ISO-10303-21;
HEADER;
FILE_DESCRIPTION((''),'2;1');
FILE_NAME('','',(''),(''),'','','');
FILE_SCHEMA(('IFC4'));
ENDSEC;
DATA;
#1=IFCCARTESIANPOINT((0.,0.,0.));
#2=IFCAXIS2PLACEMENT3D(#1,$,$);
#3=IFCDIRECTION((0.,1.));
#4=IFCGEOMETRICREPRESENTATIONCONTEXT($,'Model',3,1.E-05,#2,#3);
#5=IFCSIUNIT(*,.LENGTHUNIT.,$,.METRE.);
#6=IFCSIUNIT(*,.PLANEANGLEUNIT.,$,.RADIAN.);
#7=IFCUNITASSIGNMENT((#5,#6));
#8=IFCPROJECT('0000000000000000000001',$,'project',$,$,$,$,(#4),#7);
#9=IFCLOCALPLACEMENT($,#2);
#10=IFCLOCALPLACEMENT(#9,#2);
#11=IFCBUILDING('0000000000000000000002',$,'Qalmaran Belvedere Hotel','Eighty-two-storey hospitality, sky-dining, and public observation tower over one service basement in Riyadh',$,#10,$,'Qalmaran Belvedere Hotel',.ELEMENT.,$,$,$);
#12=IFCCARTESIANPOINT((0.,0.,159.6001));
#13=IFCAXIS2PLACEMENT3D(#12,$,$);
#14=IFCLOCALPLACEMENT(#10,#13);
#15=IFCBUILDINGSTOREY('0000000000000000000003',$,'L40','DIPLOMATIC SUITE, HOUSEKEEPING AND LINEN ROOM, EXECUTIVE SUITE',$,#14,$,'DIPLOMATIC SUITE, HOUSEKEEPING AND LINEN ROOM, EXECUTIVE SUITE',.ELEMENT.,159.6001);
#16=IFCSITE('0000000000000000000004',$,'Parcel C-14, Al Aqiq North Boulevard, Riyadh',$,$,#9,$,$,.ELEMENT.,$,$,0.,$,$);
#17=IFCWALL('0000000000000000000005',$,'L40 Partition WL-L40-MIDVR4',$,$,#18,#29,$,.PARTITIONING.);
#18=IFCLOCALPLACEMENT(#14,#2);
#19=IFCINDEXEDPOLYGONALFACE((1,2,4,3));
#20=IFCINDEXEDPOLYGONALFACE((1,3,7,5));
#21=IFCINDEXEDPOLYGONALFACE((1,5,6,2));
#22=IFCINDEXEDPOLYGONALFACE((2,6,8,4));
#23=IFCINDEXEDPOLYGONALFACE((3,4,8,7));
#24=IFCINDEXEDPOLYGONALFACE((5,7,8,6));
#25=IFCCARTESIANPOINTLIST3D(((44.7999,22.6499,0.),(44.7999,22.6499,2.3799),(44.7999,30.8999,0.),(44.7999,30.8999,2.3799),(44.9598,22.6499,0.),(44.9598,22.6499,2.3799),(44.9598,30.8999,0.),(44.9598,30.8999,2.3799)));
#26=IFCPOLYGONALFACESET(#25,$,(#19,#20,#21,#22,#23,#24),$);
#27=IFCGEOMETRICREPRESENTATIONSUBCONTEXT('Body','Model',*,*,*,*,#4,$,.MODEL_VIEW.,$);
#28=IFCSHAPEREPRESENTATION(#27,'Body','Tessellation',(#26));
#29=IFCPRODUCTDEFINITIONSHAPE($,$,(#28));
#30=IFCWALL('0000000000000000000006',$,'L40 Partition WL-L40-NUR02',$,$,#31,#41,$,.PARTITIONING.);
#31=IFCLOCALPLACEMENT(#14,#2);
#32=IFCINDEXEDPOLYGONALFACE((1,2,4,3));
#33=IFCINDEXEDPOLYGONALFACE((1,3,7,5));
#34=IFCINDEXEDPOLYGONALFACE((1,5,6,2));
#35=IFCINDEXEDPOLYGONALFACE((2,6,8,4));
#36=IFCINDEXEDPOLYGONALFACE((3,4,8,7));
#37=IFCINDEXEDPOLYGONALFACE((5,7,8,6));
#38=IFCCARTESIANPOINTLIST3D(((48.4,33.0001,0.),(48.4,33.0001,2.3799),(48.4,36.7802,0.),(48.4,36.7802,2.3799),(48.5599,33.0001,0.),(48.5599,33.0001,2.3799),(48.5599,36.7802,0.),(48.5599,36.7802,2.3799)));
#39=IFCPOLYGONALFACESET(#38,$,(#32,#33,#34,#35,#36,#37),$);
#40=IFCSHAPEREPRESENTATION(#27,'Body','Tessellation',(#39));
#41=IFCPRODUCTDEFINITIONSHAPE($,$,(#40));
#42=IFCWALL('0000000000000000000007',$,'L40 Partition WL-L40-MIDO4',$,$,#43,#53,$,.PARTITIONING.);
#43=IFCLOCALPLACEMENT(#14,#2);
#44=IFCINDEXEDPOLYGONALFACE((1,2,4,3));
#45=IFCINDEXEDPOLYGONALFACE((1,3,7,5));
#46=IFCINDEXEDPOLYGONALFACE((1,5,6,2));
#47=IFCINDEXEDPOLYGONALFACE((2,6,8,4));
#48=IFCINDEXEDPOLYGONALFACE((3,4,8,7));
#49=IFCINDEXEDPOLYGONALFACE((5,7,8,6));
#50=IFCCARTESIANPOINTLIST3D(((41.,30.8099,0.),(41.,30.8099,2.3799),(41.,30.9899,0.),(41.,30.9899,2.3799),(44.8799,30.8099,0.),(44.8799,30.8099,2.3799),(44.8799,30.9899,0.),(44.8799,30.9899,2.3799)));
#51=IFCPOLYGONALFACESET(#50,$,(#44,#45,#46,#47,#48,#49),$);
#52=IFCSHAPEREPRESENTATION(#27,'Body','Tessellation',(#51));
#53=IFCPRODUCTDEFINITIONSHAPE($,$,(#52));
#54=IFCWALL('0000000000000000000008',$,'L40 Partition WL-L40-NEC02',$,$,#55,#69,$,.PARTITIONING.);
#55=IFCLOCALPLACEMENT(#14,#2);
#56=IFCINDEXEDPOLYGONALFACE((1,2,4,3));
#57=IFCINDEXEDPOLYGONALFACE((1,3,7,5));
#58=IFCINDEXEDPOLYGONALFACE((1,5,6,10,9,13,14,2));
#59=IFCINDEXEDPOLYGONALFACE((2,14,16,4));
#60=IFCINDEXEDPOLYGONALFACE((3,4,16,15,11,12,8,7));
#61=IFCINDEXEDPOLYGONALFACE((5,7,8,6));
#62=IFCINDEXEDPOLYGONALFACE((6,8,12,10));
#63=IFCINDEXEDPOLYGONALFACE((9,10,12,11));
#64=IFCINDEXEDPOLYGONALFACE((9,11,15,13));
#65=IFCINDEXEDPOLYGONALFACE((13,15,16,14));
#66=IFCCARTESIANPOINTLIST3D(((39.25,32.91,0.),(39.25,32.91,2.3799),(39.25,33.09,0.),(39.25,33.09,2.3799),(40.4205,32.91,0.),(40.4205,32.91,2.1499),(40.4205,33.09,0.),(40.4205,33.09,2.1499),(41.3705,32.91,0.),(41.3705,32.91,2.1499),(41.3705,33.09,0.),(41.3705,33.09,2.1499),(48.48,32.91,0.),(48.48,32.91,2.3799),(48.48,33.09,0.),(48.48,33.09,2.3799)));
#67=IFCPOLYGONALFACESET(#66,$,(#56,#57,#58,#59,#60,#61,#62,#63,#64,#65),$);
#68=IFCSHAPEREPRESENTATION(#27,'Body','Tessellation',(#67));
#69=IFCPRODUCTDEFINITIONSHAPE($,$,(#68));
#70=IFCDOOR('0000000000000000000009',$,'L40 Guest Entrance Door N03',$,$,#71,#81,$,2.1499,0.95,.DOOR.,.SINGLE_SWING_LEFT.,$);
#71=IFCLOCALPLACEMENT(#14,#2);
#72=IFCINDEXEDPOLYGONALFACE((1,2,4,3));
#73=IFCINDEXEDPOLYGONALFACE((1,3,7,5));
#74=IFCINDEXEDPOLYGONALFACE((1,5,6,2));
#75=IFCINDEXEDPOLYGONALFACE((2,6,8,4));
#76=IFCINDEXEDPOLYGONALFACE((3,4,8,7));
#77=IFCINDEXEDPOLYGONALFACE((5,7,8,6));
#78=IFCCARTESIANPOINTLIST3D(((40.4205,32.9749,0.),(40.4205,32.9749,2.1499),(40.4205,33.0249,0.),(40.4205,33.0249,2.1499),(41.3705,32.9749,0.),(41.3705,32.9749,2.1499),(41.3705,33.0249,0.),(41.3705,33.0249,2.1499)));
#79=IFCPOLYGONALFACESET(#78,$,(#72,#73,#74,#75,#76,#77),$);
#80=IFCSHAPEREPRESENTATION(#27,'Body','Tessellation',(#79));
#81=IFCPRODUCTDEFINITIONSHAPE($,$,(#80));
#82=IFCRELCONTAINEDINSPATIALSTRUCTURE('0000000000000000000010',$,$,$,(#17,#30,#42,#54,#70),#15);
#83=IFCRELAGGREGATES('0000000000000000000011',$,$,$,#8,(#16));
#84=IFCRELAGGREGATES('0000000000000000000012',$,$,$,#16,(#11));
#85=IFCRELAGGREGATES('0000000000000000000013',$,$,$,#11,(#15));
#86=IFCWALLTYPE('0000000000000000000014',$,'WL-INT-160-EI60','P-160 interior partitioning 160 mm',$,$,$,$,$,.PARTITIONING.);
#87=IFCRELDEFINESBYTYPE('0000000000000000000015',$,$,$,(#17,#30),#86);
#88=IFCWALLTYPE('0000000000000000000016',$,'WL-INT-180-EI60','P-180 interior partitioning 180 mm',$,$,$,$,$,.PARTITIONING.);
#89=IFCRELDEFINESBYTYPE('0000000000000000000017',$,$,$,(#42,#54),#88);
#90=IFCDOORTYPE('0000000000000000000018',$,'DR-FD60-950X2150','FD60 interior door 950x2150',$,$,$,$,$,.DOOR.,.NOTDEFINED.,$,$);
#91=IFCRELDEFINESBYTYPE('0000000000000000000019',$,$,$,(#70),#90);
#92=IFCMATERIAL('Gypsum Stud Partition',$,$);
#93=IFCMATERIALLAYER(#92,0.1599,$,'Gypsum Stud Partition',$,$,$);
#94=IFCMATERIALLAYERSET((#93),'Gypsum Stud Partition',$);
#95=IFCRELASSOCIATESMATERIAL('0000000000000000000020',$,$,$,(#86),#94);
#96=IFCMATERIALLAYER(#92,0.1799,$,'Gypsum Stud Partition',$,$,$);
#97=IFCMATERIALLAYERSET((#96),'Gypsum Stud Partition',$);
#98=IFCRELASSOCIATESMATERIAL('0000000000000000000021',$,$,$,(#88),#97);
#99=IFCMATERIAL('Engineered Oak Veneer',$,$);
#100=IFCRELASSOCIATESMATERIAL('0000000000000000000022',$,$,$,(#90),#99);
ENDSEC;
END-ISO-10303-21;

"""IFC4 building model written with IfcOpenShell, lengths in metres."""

from ifc_helpers import new_model, si_unit, direction, frame, frame_2d, origin, place, context, subcontext, project, spatial, rectangle, extrude, material, layer, layer_set, type_object, element, fill, save


model = new_model("IFC4")

# Units and contexts
model_context = context("Model", 3, precision=1e-05, world=origin(), true_north=direction((0.0, 1.0)))
body_context = subcontext(model_context, "Body", "Model", "MODEL_VIEW")
ifc_project = project(units=[si_unit("LENGTHUNIT", "METRE"), si_unit("PLANEANGLEUNIT", "RADIAN")], contexts=[model_context])

# Site, building, storey
site_placement = place(None, origin())
site = spatial("IfcSite", under=ifc_project, at=site_placement, Name="Parcel C-14, Al Aqiq North Boulevard, Riyadh", CompositionType="ELEMENT", RefElevation=0.0)
building_placement = place(site_placement, origin())
building = spatial("IfcBuilding", under=site, at=building_placement, Name="Qalmaran Belvedere Hotel", Description="Eighty-two-storey hospitality, sky-dining, and public observation tower over one service basement in Riyadh", LongName="Qalmaran Belvedere Hotel", CompositionType="ELEMENT")
storey_placement = place(building_placement, frame((0.0, 0.0, 159.6001)))
storey = spatial("IfcBuildingStorey", under=building, at=storey_placement, Name="L40", Description="DIPLOMATIC SUITE, HOUSEKEEPING AND LINEN ROOM, EXECUTIVE SUITE", LongName="DIPLOMATIC SUITE, HOUSEKEEPING AND LINEN ROOM, EXECUTIVE SUITE", CompositionType="ELEMENT", Elevation=159.6001)

# Shared definitions
ifc_material_1 = material(Name="Gypsum Stud Partition")
ifc_layer_1 = layer(ifc_material_1, 0.1599, Name="Gypsum Stud Partition")
ifc_layer_set_1 = layer_set([ifc_layer_1], Name="Gypsum Stud Partition")
wall_type_1 = type_object("IfcWallType", Name="WL-INT-160-EI60", Description="P-160 interior partitioning 160 mm", PredefinedType="PARTITIONING", material=ifc_layer_set_1)

# Walls
wall_1_placement = place(storey_placement, frame((44.8799, 22.6499, 0.0), z_axis=(0.0, 0.0, 1.0), x_axis=(0.0, 1.0, 0.0)))
element("IfcWall", 1, at=wall_1_placement, inside=storey, type_object=wall_type_1, Name="L40 Partition WL-L40-MIDVR4", PredefinedType="PARTITIONING", context=body_context, shape_type="SweptSolid", body=[
    extrude(rectangle(XDim=8.25, YDim=0.1599, at=frame_2d((4.125, 0.0))), origin(), (0.0, 0.0, 1.0), 2.3799),
])
wall_2_placement = place(storey_placement, frame((48.48, 33.0, 0.0), z_axis=(0.0, 0.0, 1.0), x_axis=(0.0, 1.0, 0.0)))
element("IfcWall", 2, at=wall_2_placement, inside=storey, type_object=wall_type_1, Name="L40 Partition WL-L40-NUR02", PredefinedType="PARTITIONING", context=body_context, shape_type="SweptSolid", body=[
    extrude(rectangle(XDim=3.78, YDim=0.1599, at=frame_2d((1.8901, 0.0))), origin(), (0.0, 0.0, 1.0), 2.3799),
])

# Shared definitions
ifc_layer_2 = layer(ifc_material_1, 0.1799, Name="Gypsum Stud Partition")
ifc_layer_set_2 = layer_set([ifc_layer_2], Name="Gypsum Stud Partition")
wall_type_2 = type_object("IfcWallType", Name="WL-INT-180-EI60", Description="P-180 interior partitioning 180 mm", PredefinedType="PARTITIONING", material=ifc_layer_set_2)
ifc_material_2 = material(Name="Engineered Oak Veneer")
door_type_1 = type_object("IfcDoorType", Name="DR-FD60-950X2150", Description="FD60 interior door 950x2150", OperationType="NOTDEFINED", PredefinedType="DOOR", material=ifc_material_2)

# Wall
wall_3_placement = place(storey_placement, frame((41.0, 30.8999, 0.0), z_axis=(0.0, 0.0, 1.0), x_axis=(1.0, 0.0, 0.0)))
element("IfcWall", 3, at=wall_3_placement, inside=storey, type_object=wall_type_2, Name="L40 Partition WL-L40-MIDO4", PredefinedType="PARTITIONING", context=body_context, shape_type="SweptSolid", body=[
    extrude(rectangle(XDim=3.8799, YDim=0.1799, at=frame_2d((1.9399, 0.0))), origin(), (0.0, 0.0, 1.0), 2.3799),
])

# Wall, opening, door
wall_4_placement = place(storey_placement, frame((39.25, 33.0, 0.0), z_axis=(0.0, 0.0, 1.0), x_axis=(1.0, 0.0, 0.0)))
wall_4 = element("IfcWall", 4, at=wall_4_placement, inside=storey, type_object=wall_type_2, Name="L40 Partition WL-L40-NEC02", PredefinedType="PARTITIONING", context=body_context, shape_type="SweptSolid", body=[
    extrude(rectangle(XDim=9.23, YDim=0.1799, at=frame_2d((4.615, 0.0))), origin(), (0.0, 0.0, 1.0), 2.3799),
])
opening_1_placement = place(wall_4_placement, frame((1.1704, 0.0, 0.0)))
opening_1 = element("IfcOpeningElement", 5, at=opening_1_placement, cuts=wall_4, PredefinedType="OPENING", context=body_context, shape_type="SweptSolid", body=[
    extrude(rectangle(XDim=0.95, YDim=2.1499, at=frame_2d((0.4751, 1.075))), frame((0.0, 0.1001, 0.0), z_axis=(0.0, -1.0, 0.0), x_axis=(1.0, 0.0, 0.0)), (0.0, 0.0, 1.0), 0.2),
])
door_1_placement = place(opening_1_placement, origin())
door_1 = element("IfcDoor", 6, at=door_1_placement, inside=storey, type_object=door_type_1, Name="L40 Guest Entrance Door N03", OperationType="SINGLE_SWING_LEFT", OverallHeight=2.1499, OverallWidth=0.95, PredefinedType="DOOR", context=body_context, shape_type="SweptSolid", body=[
    extrude(rectangle(XDim=0.95, YDim=2.1499, at=frame_2d((0.4751, 1.075))), frame((0.0, 0.0249, 0.0), z_axis=(0.0, -1.0, 0.0), x_axis=(1.0, 0.0, 0.0)), (0.0, 0.0, 1.0), 0.05),
])
fill(opening_1, door_1)

save(model, "model.ifc")
